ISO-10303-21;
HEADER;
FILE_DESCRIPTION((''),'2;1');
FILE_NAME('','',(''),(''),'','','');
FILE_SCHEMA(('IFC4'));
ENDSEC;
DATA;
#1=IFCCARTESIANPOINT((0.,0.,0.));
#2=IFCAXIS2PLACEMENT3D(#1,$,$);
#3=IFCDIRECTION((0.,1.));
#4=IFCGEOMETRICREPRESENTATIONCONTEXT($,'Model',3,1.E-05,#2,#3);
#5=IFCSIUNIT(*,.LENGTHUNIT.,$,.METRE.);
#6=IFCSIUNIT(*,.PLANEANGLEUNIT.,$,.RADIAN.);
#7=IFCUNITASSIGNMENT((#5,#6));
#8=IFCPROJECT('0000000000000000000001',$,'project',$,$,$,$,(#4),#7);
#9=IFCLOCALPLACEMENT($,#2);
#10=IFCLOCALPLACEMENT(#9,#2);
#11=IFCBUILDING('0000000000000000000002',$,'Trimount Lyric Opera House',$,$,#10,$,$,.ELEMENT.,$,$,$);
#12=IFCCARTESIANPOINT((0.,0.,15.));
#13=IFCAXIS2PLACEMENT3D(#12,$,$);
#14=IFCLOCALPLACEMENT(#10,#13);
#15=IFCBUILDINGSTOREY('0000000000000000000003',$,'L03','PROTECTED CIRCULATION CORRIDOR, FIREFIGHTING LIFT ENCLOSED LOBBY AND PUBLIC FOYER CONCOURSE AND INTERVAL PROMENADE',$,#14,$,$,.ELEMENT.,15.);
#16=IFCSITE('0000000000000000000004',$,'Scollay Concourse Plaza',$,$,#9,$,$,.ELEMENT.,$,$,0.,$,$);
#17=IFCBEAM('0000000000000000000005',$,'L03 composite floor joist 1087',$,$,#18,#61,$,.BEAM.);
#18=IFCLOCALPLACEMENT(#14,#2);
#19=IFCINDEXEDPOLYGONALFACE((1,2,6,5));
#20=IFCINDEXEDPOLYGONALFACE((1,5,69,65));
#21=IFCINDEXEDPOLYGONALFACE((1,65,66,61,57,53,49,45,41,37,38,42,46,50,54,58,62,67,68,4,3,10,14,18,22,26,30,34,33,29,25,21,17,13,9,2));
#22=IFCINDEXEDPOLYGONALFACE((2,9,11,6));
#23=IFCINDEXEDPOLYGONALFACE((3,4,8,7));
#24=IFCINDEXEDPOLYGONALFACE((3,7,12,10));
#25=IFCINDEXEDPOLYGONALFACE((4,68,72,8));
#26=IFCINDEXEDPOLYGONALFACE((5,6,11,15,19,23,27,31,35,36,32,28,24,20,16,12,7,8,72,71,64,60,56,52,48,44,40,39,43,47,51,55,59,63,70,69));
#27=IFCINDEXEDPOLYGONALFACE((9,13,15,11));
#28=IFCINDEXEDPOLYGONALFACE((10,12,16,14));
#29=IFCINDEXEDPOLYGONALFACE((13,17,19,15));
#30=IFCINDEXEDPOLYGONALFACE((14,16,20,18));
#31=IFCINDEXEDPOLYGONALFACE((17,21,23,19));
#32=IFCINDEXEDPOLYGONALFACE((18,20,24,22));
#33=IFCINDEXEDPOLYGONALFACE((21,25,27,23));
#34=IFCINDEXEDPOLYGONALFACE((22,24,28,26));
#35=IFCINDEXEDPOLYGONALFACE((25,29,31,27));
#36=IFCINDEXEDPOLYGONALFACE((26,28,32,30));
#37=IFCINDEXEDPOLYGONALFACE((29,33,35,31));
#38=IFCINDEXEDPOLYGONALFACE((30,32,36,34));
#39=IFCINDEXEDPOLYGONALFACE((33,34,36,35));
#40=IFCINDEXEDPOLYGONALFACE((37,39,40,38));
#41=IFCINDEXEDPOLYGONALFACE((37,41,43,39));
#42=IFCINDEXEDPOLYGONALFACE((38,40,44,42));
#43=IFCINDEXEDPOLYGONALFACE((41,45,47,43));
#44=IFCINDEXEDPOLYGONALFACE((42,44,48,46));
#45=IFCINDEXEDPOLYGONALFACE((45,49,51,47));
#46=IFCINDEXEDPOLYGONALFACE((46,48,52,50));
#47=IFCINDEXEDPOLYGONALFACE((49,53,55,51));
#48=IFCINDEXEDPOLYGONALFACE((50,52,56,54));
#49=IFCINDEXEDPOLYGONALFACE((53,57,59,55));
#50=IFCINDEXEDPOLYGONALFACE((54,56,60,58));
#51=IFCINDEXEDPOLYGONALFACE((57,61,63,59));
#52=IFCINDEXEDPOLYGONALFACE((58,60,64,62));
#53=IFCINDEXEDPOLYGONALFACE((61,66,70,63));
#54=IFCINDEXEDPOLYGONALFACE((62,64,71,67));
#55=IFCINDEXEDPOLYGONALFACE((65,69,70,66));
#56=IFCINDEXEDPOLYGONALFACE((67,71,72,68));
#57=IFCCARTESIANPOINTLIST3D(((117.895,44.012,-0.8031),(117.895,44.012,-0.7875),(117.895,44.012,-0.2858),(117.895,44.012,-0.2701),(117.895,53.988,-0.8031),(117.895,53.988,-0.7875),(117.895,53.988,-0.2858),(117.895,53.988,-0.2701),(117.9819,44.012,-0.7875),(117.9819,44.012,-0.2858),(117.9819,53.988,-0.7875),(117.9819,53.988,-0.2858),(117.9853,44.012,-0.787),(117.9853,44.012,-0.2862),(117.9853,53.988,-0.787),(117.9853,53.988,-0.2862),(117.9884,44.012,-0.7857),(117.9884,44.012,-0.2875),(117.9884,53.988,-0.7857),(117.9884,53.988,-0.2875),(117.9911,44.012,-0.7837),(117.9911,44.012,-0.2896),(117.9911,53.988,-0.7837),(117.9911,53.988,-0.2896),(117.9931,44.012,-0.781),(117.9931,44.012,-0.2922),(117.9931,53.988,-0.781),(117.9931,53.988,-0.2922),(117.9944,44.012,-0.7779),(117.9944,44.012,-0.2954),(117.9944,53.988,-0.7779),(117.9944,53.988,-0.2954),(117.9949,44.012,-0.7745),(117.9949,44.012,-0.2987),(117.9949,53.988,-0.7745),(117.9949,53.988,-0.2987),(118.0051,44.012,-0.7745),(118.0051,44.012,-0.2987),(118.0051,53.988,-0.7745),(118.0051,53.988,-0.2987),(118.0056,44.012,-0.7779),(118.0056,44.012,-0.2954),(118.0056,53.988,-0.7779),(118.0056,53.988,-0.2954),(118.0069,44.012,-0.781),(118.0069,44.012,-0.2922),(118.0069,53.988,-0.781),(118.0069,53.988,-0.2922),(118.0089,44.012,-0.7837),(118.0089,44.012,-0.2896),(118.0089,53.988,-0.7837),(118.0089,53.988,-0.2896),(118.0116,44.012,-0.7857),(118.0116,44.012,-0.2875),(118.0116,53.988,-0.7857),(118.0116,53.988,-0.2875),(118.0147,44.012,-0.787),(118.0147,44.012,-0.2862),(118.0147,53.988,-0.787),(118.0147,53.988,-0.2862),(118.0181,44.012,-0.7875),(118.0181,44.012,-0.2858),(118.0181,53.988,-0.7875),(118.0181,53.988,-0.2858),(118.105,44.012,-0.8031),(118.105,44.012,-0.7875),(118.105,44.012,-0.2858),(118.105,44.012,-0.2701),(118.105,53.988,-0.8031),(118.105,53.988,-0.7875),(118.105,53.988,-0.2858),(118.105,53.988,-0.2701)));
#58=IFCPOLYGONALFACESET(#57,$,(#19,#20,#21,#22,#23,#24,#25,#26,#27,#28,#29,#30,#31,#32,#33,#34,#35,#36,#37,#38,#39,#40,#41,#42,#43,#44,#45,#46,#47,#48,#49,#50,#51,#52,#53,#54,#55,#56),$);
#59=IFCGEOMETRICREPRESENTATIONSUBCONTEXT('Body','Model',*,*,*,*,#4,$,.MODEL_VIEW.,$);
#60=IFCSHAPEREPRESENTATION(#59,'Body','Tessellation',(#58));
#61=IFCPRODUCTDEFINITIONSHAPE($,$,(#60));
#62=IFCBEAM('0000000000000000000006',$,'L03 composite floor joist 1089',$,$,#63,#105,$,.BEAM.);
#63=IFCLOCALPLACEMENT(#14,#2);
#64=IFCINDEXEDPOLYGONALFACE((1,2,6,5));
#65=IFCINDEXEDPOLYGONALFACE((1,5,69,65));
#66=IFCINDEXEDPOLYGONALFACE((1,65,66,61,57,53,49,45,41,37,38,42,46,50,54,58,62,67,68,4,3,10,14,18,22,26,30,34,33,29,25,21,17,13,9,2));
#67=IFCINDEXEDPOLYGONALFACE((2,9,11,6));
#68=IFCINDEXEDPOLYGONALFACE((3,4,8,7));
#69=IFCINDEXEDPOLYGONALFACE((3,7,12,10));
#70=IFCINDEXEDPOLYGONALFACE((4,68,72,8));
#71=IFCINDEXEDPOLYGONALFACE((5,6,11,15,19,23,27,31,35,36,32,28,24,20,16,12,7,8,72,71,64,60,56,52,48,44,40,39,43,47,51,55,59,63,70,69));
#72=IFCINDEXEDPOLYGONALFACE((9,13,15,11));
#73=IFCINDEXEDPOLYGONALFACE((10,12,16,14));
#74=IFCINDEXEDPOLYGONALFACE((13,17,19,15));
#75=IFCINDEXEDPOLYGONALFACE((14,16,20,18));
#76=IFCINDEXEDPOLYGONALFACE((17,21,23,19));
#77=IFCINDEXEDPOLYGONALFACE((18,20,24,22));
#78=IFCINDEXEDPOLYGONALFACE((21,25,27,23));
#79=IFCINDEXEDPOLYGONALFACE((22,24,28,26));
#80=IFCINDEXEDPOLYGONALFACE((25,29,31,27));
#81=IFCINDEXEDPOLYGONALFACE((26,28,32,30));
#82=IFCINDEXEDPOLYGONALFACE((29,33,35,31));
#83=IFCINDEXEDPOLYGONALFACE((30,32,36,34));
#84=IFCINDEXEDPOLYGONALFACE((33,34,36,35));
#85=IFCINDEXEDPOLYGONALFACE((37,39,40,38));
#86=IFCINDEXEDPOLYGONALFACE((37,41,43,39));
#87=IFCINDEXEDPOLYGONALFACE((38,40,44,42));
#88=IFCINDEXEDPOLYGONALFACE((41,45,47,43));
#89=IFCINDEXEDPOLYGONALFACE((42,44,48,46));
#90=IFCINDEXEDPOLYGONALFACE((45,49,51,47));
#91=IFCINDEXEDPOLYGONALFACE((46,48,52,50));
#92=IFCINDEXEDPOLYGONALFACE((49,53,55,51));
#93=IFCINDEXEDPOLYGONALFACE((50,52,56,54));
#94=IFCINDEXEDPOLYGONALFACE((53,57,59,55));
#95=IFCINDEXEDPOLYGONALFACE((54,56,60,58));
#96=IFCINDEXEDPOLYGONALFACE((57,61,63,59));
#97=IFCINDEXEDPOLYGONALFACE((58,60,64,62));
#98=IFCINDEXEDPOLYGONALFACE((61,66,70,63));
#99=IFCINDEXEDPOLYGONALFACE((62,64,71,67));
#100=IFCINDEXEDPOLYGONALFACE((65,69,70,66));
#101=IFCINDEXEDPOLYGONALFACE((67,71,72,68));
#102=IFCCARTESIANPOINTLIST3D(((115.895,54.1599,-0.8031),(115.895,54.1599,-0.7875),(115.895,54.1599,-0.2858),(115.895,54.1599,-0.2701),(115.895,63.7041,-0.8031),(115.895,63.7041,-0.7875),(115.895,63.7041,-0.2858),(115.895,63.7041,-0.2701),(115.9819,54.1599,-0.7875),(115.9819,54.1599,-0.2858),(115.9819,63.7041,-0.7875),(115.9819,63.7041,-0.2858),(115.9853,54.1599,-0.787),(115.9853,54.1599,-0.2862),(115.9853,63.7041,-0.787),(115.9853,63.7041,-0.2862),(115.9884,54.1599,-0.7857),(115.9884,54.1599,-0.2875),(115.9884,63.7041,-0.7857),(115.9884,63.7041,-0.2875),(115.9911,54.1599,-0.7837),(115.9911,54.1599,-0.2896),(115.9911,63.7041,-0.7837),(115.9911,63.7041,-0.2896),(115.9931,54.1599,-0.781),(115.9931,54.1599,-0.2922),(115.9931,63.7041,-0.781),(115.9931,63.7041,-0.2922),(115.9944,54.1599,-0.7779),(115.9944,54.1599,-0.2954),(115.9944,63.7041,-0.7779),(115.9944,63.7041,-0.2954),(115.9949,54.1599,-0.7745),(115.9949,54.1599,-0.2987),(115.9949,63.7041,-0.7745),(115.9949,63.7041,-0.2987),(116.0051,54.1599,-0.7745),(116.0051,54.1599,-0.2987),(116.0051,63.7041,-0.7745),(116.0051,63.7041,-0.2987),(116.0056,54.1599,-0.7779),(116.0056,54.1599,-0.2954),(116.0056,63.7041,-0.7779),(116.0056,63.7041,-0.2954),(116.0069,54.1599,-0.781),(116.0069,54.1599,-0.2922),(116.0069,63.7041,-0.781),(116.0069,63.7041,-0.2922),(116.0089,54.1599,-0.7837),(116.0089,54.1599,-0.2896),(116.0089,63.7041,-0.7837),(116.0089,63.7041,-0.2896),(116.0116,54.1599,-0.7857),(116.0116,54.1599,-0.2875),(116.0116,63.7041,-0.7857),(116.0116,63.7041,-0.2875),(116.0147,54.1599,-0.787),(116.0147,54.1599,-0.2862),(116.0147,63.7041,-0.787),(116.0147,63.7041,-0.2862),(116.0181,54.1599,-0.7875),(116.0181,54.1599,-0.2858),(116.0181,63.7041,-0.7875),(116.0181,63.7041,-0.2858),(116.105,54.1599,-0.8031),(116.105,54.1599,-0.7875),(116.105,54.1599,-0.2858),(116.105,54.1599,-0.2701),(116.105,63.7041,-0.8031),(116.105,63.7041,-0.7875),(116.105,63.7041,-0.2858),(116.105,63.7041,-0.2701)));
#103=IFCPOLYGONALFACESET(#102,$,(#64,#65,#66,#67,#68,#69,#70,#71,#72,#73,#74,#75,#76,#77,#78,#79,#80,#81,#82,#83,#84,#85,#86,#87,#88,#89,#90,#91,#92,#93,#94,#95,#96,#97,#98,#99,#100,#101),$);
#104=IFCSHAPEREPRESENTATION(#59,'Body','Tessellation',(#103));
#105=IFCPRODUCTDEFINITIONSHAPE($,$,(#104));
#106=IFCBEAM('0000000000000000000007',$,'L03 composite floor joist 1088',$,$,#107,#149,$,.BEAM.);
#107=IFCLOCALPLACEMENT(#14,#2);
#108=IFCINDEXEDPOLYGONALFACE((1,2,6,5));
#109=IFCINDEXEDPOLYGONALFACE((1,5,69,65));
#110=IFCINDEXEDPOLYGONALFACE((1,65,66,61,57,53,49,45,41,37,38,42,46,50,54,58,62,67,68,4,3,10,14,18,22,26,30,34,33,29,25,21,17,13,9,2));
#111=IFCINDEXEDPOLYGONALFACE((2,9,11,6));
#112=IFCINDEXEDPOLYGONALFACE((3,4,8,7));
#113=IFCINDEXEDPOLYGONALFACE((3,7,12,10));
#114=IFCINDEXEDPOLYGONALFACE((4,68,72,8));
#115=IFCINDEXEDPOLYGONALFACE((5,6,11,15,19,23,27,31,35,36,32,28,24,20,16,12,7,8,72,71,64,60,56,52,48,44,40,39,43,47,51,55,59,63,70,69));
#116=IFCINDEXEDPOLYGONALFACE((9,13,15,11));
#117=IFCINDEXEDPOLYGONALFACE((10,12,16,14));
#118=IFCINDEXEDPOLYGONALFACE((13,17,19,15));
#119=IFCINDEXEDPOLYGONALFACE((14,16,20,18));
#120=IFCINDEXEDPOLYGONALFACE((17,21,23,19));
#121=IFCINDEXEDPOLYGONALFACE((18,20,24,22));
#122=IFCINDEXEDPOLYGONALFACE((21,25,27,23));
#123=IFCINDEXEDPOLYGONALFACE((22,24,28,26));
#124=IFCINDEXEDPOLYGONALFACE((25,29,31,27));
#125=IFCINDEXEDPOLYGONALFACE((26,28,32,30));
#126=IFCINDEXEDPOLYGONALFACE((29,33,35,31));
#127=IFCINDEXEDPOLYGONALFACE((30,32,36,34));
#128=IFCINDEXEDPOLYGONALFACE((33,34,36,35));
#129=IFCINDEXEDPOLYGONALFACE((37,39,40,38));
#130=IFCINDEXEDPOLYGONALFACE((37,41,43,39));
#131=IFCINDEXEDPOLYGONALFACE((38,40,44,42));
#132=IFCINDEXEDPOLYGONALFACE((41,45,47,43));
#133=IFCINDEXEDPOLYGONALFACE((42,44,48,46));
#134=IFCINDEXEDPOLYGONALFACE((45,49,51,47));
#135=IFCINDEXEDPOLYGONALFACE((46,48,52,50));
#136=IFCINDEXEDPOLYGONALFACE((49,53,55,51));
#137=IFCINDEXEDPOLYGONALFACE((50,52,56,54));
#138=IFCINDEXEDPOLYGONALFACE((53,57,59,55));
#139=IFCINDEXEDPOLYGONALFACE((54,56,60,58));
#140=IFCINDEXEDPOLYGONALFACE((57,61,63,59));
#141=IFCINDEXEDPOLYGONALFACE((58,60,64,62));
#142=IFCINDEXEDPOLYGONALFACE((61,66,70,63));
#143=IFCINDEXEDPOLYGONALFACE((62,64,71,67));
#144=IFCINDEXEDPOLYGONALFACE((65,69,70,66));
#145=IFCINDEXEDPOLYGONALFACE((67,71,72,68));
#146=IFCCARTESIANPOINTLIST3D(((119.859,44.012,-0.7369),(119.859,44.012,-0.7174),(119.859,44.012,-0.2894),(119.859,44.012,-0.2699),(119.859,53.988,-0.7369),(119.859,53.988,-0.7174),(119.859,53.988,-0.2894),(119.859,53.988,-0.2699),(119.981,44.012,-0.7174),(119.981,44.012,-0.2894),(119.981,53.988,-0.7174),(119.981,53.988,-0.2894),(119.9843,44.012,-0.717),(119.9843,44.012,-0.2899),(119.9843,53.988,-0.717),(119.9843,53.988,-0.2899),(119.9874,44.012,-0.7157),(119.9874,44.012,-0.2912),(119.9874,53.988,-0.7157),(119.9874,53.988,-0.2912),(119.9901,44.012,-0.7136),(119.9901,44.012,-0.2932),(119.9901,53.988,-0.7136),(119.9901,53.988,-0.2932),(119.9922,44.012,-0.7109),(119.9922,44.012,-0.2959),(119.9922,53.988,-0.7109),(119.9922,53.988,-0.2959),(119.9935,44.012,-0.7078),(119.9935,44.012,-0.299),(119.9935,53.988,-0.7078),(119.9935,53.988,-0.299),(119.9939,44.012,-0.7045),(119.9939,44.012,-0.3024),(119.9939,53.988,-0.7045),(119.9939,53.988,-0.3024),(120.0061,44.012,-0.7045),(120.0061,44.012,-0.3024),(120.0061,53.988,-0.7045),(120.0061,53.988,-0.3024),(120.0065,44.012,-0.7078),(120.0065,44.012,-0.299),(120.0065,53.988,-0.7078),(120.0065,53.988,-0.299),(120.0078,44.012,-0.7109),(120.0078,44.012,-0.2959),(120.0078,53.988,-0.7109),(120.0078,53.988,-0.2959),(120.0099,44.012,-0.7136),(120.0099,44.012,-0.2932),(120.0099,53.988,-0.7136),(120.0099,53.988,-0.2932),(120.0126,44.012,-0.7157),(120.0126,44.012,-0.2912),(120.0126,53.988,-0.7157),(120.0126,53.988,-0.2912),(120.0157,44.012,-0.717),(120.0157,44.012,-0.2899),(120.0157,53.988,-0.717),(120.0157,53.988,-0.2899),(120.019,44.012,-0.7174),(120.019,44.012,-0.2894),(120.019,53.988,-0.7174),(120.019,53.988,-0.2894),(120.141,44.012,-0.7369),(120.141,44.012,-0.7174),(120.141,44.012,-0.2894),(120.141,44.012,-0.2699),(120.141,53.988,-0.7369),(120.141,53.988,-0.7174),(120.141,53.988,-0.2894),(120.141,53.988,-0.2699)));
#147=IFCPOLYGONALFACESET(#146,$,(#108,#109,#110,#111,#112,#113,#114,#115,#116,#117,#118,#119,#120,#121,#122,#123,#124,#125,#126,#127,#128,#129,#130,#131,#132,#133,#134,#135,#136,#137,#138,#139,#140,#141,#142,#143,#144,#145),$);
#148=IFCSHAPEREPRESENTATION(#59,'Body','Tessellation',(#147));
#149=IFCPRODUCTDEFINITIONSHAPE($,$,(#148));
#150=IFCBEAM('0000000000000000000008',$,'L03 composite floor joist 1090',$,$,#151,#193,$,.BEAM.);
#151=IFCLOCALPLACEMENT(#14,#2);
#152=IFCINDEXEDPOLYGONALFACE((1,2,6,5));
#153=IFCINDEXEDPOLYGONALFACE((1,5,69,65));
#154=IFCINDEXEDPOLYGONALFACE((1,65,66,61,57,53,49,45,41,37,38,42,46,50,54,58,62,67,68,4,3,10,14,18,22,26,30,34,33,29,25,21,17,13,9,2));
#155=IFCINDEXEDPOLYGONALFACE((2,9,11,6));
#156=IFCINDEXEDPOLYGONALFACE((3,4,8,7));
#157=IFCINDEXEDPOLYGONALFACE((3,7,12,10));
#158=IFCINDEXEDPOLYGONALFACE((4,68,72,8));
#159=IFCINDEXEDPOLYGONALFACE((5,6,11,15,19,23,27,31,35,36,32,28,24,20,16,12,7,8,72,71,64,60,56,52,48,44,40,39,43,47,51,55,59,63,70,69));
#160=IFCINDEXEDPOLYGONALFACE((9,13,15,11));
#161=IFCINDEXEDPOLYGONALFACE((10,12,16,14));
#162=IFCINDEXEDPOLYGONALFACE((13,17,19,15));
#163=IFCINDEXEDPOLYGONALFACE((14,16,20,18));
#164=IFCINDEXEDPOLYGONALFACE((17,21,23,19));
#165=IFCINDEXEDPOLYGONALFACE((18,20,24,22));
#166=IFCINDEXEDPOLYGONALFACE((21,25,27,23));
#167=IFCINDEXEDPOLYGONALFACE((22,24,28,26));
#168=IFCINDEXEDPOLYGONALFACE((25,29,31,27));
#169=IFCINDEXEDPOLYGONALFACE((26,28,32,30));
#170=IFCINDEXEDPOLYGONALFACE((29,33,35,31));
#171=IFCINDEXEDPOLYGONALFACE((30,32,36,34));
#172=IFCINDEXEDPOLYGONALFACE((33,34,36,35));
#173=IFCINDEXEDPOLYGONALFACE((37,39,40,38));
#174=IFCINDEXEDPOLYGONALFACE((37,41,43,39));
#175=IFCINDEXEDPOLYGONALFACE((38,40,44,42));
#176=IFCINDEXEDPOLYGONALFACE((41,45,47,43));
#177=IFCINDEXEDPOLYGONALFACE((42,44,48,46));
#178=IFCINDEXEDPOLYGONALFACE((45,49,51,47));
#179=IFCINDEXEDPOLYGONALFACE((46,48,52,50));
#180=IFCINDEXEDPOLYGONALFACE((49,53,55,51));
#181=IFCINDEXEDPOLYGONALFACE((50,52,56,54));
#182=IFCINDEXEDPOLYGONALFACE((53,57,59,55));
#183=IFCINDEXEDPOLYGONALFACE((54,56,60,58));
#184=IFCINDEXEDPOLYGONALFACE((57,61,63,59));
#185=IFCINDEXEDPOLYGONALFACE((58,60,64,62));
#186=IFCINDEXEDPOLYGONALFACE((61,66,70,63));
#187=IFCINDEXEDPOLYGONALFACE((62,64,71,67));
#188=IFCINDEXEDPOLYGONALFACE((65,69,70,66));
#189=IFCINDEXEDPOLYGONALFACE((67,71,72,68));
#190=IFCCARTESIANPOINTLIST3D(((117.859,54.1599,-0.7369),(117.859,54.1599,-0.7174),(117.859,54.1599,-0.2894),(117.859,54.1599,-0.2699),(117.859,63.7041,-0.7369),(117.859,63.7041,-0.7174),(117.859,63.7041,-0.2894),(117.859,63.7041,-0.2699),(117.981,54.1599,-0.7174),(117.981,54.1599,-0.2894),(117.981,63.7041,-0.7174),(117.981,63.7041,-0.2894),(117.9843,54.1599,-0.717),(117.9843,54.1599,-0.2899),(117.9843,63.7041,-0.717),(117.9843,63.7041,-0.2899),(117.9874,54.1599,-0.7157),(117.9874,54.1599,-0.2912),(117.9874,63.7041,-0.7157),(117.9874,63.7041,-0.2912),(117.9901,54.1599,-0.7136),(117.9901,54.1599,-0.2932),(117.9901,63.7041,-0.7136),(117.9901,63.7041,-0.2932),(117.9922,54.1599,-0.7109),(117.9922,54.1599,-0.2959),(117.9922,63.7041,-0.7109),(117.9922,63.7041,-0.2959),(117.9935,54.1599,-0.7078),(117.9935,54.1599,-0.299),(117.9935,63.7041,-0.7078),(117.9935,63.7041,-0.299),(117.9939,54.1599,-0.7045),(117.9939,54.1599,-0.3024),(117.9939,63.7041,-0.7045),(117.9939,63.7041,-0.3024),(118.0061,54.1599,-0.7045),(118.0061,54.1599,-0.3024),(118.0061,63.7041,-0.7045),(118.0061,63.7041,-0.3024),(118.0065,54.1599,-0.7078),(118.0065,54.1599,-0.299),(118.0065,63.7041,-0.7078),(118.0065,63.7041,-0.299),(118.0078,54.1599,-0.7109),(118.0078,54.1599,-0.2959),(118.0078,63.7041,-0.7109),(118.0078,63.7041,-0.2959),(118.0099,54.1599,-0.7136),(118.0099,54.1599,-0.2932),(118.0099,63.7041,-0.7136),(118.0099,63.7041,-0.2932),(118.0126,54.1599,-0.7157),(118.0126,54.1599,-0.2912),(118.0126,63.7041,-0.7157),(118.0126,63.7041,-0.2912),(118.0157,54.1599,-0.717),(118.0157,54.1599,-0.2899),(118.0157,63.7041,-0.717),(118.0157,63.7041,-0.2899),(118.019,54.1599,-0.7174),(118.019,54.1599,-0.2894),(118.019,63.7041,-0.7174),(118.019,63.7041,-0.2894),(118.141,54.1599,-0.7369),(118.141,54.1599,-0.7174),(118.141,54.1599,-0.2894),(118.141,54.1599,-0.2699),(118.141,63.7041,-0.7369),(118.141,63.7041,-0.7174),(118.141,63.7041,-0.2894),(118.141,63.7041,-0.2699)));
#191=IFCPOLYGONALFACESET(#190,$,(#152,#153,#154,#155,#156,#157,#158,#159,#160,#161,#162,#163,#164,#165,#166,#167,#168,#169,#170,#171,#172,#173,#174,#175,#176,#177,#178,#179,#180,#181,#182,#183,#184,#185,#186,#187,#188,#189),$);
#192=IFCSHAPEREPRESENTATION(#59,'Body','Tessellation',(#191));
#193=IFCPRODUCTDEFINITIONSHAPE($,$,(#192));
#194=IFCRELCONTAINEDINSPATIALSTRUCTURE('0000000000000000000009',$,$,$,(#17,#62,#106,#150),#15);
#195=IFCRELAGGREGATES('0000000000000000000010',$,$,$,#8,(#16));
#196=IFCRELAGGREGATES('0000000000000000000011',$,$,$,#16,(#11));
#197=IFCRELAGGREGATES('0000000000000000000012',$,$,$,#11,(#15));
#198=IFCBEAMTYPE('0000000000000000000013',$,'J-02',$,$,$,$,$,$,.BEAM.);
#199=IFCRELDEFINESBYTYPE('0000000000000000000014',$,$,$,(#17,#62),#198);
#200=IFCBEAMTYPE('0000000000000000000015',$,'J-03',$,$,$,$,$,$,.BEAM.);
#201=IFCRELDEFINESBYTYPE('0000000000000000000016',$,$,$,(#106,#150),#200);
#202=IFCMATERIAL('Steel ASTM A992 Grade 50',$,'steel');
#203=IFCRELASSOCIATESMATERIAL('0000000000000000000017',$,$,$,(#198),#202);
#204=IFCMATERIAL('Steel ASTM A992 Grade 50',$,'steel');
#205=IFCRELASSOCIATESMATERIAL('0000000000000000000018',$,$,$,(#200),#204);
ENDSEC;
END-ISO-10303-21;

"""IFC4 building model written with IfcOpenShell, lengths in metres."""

from ifc_helpers import new_model, si_unit, direction, frame, origin, origin_2d, place, context, subcontext, project, spatial, i_section, extrude, material, material_profile, profile_set, type_object, element, save


model = new_model("IFC4")

# Units and contexts
model_context = context("Model", 3, precision=1e-05, world=origin(), true_north=direction((0.0, 1.0)))
body_context = subcontext(model_context, "Body", "Model", "MODEL_VIEW")
ifc_project = project(units=[si_unit("LENGTHUNIT", "METRE"), si_unit("PLANEANGLEUNIT", "RADIAN")], contexts=[model_context])

# Site, building, storey
site_placement = place(None, origin())
site = spatial("IfcSite", under=ifc_project, at=site_placement, Name="Scollay Concourse Plaza", CompositionType="ELEMENT", RefElevation=0.0)
building_placement = place(site_placement, origin())
building = spatial("IfcBuilding", under=site, at=building_placement, Name="Trimount Lyric Opera House", CompositionType="ELEMENT")
storey_placement = place(building_placement, frame((0.0, 0.0, 15.0)))
storey = spatial("IfcBuildingStorey", under=building, at=storey_placement, Name="L03", Description="PROTECTED CIRCULATION CORRIDOR, FIREFIGHTING LIFT ENCLOSED LOBBY AND PUBLIC FOYER CONCOURSE AND INTERVAL PROMENADE", CompositionType="ELEMENT", Elevation=15.0)

# Beams
ifc_material_1 = material(Name="Steel ASTM A992 Grade 50", Category="steel")
ifc_material_profile_1 = material_profile(ifc_material_1, i_section(OverallWidth=0.21, OverallDepth=0.533, WebThickness=0.0103, FlangeThickness=0.0156, FilletRadius=0.0129, at=origin_2d()), Name="W21X62")
ifc_profile_set_1 = profile_set([ifc_material_profile_1], Name="Steel ASTM A992 Grade 50")
beam_type_1 = type_object("IfcBeamType", Name="J-02", PredefinedType="BEAM", material=ifc_profile_set_1)
beam_1_placement = place(storey_placement, frame((118.0, 44.012, -0.5366), z_axis=(0.0, 1.0, 0.0), x_axis=(-1.0, 0.0, 0.0)))
element("IfcBeam", 1, at=beam_1_placement, inside=storey, type_object=beam_type_1, Name="L03 composite floor joist 1087", PredefinedType="BEAM", context=body_context, shape_type="SweptSolid", body=[
    extrude(i_section(OverallWidth=0.21, OverallDepth=0.533, WebThickness=0.0103, FlangeThickness=0.0156, FilletRadius=0.0129, at=origin_2d()), origin(), (0.0, 0.0, 1.0), 9.9761),
])
beam_2_placement = place(storey_placement, frame((116.0, 54.1599, -0.5366), z_axis=(0.0, 1.0, 0.0), x_axis=(-1.0, 0.0, 0.0)))
element("IfcBeam", 2, at=beam_2_placement, inside=storey, type_object=beam_type_1, Name="L03 composite floor joist 1089", PredefinedType="BEAM", context=body_context, shape_type="SweptSolid", body=[
    extrude(i_section(OverallWidth=0.21, OverallDepth=0.533, WebThickness=0.0103, FlangeThickness=0.0156, FilletRadius=0.0129, at=origin_2d()), origin(), (0.0, 0.0, 1.0), 9.5442),
])
ifc_material_2 = material(Name="Steel ASTM A992 Grade 50", Category="steel")
ifc_material_profile_2 = material_profile(ifc_material_2, i_section(OverallWidth=0.282, OverallDepth=0.467, WebThickness=0.0122, FlangeThickness=0.0195, FilletRadius=0.0129, at=origin_2d()), Name="W18X86")
ifc_profile_set_2 = profile_set([ifc_material_profile_2], Name="Steel ASTM A992 Grade 50")
beam_type_2 = type_object("IfcBeamType", Name="J-03", PredefinedType="BEAM", material=ifc_profile_set_2)
beam_3_placement = place(storey_placement, frame((120.0, 44.012, -0.5034), z_axis=(0.0, 1.0, 0.0), x_axis=(-1.0, 0.0, 0.0)))
element("IfcBeam", 3, at=beam_3_placement, inside=storey, type_object=beam_type_2, Name="L03 composite floor joist 1088", PredefinedType="BEAM", context=body_context, shape_type="SweptSolid", body=[
    extrude(i_section(OverallWidth=0.282, OverallDepth=0.467, WebThickness=0.0122, FlangeThickness=0.0195, FilletRadius=0.0129, at=origin_2d()), origin(), (0.0, 0.0, 1.0), 9.9761),
])
beam_4_placement = place(storey_placement, frame((118.0, 54.1599, -0.5034), z_axis=(0.0, 1.0, 0.0), x_axis=(-1.0, 0.0, 0.0)))
element("IfcBeam", 4, at=beam_4_placement, inside=storey, type_object=beam_type_2, Name="L03 composite floor joist 1090", PredefinedType="BEAM", context=body_context, shape_type="SweptSolid", body=[
    extrude(i_section(OverallWidth=0.282, OverallDepth=0.467, WebThickness=0.0122, FlangeThickness=0.0195, FilletRadius=0.0129, at=origin_2d()), origin(), (0.0, 0.0, 1.0), 9.5442),
])

save(model, "model.ifc")
